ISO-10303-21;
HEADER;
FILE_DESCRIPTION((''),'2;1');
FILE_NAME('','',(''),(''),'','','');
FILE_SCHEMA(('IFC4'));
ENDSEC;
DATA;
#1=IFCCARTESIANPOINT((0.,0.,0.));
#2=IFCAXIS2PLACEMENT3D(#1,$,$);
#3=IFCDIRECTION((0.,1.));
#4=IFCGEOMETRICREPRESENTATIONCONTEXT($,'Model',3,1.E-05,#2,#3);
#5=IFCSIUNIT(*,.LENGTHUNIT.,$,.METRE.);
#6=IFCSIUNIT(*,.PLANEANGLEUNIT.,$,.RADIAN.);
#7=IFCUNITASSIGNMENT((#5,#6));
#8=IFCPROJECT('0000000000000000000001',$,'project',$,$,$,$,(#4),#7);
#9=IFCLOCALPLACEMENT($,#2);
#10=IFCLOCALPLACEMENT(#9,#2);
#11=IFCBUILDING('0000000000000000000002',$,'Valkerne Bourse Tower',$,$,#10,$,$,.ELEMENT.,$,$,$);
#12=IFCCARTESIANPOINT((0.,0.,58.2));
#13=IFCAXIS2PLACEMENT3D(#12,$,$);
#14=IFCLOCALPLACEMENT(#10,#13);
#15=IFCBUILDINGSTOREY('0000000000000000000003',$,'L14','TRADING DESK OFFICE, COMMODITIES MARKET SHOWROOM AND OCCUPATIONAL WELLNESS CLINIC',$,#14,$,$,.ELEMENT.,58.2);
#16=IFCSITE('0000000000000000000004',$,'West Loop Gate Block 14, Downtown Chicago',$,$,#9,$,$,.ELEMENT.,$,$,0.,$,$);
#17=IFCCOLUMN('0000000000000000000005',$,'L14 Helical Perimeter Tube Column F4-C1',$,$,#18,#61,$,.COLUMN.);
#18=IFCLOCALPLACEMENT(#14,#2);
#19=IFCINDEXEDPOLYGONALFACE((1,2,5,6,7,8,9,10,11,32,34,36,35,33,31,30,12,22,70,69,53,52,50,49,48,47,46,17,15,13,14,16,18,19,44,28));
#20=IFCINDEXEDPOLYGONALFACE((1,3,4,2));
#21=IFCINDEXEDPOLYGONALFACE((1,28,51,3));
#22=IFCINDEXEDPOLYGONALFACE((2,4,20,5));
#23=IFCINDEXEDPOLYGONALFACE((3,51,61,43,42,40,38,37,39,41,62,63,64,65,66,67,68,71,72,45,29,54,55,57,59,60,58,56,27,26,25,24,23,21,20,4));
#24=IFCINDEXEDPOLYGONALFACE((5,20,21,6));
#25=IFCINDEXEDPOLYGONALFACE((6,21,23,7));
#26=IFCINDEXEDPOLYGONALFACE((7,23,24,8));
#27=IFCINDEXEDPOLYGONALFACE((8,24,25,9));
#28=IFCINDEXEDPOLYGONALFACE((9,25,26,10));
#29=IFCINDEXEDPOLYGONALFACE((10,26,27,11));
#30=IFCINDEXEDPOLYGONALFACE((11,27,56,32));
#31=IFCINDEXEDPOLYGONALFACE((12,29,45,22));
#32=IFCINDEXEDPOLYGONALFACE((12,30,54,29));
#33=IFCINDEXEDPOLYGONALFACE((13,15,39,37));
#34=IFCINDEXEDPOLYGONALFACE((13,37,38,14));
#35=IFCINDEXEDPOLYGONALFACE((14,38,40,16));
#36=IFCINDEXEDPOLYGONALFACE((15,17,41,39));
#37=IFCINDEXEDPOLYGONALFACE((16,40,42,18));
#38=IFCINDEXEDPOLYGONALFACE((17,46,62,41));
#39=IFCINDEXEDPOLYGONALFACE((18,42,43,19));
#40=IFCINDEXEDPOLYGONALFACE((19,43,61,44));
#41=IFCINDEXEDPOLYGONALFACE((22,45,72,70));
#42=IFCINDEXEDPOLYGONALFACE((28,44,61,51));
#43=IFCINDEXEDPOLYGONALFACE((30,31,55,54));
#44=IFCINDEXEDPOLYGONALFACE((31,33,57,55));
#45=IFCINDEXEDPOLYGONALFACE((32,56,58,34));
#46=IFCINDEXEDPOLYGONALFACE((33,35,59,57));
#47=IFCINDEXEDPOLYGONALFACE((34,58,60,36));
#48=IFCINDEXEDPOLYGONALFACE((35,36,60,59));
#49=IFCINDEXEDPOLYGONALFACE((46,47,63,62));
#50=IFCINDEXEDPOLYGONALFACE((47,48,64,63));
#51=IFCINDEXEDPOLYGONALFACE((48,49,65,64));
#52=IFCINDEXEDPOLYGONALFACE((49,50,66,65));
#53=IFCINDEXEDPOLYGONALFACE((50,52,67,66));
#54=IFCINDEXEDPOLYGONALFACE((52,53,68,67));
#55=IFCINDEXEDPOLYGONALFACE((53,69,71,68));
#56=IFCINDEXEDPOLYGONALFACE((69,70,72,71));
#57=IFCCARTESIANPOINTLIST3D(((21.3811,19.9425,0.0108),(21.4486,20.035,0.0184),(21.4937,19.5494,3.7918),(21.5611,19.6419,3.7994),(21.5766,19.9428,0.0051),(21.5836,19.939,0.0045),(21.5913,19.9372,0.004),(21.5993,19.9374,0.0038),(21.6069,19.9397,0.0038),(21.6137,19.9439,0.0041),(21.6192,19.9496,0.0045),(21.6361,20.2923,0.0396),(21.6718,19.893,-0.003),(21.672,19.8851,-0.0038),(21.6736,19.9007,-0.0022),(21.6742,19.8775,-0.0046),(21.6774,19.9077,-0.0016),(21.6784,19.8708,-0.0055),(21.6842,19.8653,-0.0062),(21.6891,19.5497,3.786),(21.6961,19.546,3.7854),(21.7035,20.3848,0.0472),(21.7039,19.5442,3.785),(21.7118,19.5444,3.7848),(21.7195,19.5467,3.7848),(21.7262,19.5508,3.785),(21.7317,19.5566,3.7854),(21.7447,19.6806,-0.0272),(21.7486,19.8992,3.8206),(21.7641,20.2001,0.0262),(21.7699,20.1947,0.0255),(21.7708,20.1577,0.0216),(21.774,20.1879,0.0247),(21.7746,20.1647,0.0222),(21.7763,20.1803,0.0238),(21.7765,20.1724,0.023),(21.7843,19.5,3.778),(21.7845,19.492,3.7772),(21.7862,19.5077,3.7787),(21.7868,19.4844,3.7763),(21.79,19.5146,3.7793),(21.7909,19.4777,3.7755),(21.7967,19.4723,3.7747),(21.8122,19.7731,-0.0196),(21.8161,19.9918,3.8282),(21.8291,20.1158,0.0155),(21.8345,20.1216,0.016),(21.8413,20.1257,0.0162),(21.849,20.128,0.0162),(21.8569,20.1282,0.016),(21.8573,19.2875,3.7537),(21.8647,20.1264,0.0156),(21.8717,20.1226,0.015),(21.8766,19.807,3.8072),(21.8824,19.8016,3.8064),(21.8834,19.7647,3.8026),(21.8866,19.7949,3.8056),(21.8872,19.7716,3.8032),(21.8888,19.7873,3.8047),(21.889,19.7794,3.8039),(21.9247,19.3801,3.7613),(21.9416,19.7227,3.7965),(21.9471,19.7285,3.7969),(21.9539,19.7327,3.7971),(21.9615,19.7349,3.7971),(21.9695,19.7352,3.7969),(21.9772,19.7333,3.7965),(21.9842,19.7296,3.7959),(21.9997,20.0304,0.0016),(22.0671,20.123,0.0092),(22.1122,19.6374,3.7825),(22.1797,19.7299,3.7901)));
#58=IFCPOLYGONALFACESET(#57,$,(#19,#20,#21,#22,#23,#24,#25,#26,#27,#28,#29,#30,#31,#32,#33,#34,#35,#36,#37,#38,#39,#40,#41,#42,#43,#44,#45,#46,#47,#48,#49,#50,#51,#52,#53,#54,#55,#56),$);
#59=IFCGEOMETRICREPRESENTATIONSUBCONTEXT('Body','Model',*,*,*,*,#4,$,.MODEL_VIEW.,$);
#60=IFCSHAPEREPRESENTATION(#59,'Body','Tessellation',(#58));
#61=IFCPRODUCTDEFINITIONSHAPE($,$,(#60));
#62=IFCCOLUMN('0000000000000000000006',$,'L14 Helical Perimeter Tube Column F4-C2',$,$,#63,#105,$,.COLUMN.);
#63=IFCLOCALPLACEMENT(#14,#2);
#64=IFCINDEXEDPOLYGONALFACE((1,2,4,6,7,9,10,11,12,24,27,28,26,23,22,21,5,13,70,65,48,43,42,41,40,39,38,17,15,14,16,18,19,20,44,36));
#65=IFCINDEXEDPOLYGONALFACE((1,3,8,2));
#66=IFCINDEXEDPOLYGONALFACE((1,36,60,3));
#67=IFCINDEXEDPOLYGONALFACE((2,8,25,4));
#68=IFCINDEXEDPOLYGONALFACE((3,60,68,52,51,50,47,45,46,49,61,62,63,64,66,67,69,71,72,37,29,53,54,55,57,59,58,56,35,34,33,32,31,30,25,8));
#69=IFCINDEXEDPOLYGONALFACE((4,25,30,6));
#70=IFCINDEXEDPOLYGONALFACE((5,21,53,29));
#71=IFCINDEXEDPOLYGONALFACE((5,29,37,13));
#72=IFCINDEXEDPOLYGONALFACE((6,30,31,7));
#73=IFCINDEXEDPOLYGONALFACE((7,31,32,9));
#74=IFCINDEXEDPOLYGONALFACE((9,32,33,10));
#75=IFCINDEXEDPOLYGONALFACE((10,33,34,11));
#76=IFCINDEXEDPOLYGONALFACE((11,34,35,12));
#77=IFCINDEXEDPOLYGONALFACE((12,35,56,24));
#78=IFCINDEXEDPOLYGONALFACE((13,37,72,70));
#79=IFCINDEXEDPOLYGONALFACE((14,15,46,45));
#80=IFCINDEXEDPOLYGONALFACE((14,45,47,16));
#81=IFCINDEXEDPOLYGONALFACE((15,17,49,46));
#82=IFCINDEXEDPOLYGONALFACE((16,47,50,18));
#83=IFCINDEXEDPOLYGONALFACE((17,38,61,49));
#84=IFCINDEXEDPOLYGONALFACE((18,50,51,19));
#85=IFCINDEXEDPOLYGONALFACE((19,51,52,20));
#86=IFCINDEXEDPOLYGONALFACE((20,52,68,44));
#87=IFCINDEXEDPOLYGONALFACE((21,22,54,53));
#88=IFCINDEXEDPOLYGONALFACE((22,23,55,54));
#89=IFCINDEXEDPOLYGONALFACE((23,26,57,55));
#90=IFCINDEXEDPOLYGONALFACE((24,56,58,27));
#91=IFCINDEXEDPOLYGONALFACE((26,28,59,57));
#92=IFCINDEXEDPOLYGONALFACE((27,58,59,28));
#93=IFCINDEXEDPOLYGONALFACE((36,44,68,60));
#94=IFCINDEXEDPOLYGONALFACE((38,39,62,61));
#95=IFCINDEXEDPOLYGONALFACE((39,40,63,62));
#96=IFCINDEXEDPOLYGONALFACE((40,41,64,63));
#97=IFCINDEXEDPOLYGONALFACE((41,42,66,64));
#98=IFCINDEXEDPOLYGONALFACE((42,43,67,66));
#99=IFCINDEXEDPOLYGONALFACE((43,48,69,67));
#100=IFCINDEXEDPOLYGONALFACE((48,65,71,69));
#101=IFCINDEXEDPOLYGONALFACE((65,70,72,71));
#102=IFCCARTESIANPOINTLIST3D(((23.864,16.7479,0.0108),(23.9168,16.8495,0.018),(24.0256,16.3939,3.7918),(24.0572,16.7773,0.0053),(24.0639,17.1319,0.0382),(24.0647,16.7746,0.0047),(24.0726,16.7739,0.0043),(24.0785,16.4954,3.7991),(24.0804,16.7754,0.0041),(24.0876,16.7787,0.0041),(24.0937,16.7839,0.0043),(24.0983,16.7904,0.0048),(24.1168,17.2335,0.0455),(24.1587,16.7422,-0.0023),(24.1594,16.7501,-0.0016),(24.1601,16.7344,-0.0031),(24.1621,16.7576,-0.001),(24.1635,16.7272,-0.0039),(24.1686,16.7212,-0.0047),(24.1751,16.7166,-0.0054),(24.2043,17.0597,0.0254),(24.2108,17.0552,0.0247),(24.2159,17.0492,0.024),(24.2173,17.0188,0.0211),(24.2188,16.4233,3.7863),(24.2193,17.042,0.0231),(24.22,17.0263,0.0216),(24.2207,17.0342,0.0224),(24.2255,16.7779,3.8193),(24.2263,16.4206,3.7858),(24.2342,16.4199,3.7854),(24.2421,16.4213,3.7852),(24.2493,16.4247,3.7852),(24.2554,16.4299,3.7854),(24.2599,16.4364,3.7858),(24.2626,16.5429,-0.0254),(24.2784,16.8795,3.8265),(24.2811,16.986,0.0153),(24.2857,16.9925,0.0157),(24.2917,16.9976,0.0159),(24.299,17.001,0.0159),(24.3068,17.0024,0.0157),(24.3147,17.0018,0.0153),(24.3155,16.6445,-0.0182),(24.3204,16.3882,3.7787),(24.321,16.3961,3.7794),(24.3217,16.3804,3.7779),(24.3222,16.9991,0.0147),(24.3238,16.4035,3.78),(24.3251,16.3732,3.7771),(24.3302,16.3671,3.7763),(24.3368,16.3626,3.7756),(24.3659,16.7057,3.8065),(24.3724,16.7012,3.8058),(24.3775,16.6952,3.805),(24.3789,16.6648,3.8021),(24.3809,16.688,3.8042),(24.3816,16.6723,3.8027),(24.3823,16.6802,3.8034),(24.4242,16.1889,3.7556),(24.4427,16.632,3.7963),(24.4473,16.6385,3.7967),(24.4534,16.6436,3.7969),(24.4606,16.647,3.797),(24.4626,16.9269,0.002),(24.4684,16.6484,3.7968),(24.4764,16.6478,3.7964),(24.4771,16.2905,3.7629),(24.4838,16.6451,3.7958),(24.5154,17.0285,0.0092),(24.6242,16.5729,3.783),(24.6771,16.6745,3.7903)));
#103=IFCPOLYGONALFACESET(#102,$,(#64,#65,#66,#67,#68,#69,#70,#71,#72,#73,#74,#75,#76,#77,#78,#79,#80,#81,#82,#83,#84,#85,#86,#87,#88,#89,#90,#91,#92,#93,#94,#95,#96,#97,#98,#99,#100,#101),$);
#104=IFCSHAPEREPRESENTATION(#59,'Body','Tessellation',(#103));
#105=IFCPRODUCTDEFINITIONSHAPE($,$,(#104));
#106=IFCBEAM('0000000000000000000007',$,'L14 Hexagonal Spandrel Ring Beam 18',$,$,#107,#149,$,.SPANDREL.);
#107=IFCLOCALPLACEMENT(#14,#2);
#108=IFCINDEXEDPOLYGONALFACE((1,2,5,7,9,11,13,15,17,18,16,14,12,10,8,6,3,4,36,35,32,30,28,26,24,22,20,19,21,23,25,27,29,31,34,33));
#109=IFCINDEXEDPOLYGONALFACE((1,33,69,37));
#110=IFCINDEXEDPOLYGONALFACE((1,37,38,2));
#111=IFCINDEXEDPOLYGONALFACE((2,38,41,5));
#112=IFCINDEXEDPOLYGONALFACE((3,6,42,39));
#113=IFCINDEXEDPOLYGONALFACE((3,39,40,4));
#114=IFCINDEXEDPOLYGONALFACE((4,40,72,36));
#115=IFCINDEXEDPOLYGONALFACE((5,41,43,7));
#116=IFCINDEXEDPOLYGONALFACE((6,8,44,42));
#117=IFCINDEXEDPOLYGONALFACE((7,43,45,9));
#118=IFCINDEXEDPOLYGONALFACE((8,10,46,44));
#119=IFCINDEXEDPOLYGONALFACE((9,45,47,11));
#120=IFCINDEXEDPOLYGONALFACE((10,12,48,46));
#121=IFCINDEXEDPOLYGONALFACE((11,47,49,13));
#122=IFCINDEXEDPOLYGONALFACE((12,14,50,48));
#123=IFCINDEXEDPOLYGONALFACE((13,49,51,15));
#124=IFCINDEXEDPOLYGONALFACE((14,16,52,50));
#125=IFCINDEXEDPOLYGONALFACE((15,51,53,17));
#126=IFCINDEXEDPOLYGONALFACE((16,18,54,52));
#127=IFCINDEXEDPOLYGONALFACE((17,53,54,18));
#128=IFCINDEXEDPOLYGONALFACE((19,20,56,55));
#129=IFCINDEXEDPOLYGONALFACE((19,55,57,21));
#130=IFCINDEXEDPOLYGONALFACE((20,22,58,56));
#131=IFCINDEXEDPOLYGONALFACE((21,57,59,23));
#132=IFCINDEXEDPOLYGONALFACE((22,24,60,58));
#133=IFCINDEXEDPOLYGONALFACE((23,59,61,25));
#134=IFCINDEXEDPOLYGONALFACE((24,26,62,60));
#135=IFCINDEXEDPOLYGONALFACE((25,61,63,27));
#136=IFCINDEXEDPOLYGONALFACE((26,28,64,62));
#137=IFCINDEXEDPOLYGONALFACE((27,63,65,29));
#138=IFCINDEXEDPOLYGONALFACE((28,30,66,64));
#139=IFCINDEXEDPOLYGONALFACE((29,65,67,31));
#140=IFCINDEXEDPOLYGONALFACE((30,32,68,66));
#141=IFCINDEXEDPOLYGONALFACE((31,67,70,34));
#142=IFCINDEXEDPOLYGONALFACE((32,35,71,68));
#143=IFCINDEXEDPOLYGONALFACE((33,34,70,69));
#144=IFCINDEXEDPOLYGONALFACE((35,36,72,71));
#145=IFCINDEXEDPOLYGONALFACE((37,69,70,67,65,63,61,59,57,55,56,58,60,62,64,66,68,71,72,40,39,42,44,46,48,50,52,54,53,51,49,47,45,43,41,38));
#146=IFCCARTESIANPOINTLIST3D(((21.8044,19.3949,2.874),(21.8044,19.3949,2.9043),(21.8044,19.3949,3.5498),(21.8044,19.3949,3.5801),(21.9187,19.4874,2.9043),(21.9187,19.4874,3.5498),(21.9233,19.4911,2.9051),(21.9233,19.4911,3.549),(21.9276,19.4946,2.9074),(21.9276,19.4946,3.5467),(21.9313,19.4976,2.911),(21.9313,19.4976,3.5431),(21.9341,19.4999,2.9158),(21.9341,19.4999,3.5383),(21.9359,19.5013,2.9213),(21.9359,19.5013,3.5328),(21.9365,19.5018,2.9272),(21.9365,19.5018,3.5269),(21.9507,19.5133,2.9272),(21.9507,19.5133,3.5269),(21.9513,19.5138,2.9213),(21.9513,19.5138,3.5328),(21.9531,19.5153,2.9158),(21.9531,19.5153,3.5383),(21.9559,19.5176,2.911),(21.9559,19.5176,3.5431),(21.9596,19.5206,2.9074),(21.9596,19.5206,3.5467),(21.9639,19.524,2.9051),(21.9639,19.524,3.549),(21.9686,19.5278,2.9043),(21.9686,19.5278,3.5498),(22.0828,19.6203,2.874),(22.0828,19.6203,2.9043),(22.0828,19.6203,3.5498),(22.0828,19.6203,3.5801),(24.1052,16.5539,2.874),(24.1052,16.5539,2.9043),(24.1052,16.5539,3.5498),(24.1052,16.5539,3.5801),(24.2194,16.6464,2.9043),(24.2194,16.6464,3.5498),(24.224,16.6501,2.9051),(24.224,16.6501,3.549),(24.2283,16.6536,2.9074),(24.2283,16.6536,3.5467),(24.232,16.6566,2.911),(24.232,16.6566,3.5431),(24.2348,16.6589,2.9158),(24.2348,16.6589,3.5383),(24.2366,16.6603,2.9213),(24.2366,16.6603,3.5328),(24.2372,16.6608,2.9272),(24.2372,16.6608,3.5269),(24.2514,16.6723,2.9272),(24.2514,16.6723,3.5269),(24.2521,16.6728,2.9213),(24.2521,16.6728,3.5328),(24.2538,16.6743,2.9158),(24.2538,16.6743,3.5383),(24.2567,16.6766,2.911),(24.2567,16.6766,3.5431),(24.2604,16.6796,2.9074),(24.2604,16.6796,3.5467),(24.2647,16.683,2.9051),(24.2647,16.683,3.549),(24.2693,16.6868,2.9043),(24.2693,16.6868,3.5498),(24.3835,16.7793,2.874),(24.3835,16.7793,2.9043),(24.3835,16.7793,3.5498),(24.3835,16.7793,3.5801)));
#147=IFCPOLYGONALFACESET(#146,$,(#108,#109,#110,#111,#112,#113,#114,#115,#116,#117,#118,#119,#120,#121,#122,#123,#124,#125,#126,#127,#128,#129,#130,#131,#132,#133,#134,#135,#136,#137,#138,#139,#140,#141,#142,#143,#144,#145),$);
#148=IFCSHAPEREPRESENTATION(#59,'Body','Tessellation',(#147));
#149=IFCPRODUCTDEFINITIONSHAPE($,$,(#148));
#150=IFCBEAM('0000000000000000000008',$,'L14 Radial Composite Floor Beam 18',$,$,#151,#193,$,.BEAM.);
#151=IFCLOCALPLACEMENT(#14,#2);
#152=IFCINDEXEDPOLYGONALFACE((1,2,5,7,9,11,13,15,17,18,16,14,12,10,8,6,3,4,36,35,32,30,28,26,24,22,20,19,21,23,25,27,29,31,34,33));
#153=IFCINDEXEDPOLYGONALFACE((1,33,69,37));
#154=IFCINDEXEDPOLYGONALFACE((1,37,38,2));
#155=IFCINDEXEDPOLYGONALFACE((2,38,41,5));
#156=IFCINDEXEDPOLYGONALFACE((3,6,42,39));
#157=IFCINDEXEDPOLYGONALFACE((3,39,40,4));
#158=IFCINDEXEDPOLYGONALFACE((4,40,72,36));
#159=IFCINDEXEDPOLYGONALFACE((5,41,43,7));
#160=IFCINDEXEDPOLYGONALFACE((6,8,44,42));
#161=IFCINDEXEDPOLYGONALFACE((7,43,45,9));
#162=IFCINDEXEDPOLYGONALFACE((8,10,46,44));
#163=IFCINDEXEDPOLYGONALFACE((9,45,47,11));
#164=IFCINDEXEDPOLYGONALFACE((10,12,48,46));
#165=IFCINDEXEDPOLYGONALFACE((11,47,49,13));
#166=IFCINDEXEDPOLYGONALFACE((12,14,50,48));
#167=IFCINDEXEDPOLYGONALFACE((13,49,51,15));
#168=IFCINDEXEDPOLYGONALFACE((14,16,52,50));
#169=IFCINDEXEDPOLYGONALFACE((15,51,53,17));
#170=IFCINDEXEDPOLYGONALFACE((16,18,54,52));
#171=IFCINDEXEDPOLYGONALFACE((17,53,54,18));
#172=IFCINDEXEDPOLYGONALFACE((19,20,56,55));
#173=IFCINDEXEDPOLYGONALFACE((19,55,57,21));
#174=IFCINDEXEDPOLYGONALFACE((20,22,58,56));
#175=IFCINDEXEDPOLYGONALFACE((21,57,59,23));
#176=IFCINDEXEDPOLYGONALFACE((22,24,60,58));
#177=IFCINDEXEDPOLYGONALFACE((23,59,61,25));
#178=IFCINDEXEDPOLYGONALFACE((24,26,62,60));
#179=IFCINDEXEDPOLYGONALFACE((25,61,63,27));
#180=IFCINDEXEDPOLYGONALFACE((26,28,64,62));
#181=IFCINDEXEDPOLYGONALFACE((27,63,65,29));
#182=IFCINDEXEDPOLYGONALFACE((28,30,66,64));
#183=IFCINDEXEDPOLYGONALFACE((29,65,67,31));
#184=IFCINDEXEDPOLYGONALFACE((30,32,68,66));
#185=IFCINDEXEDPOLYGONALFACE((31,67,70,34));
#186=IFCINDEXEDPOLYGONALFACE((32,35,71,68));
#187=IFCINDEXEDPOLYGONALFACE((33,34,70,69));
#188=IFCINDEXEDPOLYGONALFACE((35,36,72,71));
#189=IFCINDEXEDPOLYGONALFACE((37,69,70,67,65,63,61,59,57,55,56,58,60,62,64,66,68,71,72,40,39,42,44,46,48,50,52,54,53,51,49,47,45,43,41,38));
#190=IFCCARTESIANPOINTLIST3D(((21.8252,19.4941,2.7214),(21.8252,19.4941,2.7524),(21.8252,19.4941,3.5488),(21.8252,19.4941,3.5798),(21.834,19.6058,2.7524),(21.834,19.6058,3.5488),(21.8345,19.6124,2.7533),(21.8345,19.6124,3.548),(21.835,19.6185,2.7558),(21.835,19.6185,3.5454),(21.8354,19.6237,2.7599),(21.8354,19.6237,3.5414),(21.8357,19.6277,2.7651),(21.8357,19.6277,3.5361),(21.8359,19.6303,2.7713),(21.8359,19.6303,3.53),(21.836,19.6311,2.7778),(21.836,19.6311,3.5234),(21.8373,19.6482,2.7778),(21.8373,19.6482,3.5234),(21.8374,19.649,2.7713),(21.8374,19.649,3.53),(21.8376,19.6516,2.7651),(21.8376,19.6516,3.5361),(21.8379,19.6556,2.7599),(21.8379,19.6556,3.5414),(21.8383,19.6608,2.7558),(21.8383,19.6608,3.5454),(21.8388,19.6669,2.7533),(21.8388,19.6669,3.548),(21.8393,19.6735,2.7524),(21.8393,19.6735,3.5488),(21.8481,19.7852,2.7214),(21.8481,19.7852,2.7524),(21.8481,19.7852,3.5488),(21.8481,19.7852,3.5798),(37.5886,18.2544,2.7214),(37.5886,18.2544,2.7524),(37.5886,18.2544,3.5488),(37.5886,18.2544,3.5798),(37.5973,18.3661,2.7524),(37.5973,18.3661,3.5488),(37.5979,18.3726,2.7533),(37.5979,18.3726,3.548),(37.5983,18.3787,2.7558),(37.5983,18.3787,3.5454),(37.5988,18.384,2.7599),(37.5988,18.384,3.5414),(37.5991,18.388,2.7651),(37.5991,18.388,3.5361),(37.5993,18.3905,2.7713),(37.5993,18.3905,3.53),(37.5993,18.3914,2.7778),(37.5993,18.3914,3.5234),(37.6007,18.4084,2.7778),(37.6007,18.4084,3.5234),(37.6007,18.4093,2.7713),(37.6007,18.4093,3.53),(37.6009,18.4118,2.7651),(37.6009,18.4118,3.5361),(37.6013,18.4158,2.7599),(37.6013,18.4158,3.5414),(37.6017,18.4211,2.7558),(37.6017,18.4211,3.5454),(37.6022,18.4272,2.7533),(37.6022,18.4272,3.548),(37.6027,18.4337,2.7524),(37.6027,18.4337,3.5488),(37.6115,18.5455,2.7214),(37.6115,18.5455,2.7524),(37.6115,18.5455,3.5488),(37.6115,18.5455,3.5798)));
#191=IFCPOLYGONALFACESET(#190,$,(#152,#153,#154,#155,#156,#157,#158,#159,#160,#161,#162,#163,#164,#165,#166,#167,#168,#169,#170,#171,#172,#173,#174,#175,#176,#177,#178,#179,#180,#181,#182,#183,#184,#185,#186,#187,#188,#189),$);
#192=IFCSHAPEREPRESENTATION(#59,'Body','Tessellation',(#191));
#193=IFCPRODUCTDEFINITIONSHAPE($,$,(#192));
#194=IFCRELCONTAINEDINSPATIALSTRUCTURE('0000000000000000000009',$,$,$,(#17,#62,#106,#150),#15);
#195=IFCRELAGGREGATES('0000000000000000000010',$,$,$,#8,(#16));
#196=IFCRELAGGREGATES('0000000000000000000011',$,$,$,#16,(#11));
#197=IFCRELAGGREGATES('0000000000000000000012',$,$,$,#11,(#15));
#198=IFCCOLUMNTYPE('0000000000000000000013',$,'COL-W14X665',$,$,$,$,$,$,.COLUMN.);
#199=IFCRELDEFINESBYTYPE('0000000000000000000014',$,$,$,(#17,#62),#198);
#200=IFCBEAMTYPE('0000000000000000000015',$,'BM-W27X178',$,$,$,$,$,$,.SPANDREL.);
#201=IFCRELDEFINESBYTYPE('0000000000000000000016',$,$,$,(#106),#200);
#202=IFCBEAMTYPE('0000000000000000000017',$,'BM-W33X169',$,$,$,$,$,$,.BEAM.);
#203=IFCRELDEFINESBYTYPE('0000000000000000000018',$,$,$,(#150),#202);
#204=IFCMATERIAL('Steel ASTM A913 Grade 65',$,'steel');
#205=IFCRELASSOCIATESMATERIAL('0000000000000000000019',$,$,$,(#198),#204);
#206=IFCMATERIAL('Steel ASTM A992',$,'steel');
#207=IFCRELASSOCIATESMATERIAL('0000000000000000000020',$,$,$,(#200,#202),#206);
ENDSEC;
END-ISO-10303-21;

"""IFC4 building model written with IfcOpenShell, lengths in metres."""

from ifc_helpers import new_model, si_unit, direction, frame, origin, origin_2d, place, context, subcontext, project, spatial, i_section, extrude, material, material_profile, profile_set, type_object, element, save


model = new_model("IFC4")

# Units and contexts
model_context = context("Model", 3, precision=1e-05, world=origin(), true_north=direction((0.0, 1.0)))
body_context = subcontext(model_context, "Body", "Model", "MODEL_VIEW")
ifc_project = project(units=[si_unit("LENGTHUNIT", "METRE"), si_unit("PLANEANGLEUNIT", "RADIAN")], contexts=[model_context])

# Site, building, storey
site_placement = place(None, origin())
site = spatial("IfcSite", under=ifc_project, at=site_placement, Name="West Loop Gate Block 14, Downtown Chicago", CompositionType="ELEMENT", RefElevation=0.0)
building_placement = place(site_placement, origin())
building = spatial("IfcBuilding", under=site, at=building_placement, Name="Valkerne Bourse Tower", CompositionType="ELEMENT")
storey_placement = place(building_placement, frame((0.0, 0.0, 58.2)))
storey = spatial("IfcBuildingStorey", under=building, at=storey_placement, Name="L14", Description="TRADING DESK OFFICE, COMMODITIES MARKET SHOWROOM AND OCCUPATIONAL WELLNESS CLINIC", CompositionType="ELEMENT", Elevation=58.2)

# Columns
ifc_material_1 = material(Name="Steel ASTM A913 Grade 65", Category="steel")
ifc_material_profile_1 = material_profile(ifc_material_1, i_section(OverallWidth=0.4497, OverallDepth=0.5486, WebThickness=0.072, FlangeThickness=0.1147, FilletRadius=0.0305, at=origin_2d()), Name="W14X665")
ifc_profile_set_1 = profile_set([ifc_material_profile_1], Name="Steel ASTM A913 Grade 65")
column_type = type_object("IfcColumnType", Name="COL-W14X665", PredefinedType="COLUMN", material=ifc_profile_set_1)
column_1_placement = place(storey_placement, frame((21.7241, 20.0327, 0.01), z_axis=(0.029594, -0.103356, 0.994204), x_axis=(0.808564, -0.582294, -0.084603)))
element("IfcColumn", 1, at=column_1_placement, inside=storey, type_object=column_type, Name="L14 Helical Perimeter Tube Column F4-C1", PredefinedType="COLUMN", context=body_context, shape_type="SweptSolid", body=[
    extrude(i_section(OverallWidth=0.4497, OverallDepth=0.5486, WebThickness=0.072, FlangeThickness=0.1147, FilletRadius=0.0305, at=origin_2d()), origin(), (0.0, 0.0, 1.0), 3.803),
])
column_2_placement = place(storey_placement, frame((24.1897, 16.8882, 0.01), z_axis=(0.042521, -0.093135, 0.994745), x_axis=(0.886412, -0.455831, -0.080568)))
element("IfcColumn", 2, at=column_2_placement, inside=storey, type_object=column_type, Name="L14 Helical Perimeter Tube Column F4-C2", PredefinedType="COLUMN", context=body_context, shape_type="SweptSolid", body=[
    extrude(i_section(OverallWidth=0.4497, OverallDepth=0.5486, WebThickness=0.072, FlangeThickness=0.1147, FilletRadius=0.0305, at=origin_2d()), origin(), (0.0, 0.0, 1.0), 3.801),
])

# Beams
ifc_material_2 = material(Name="Steel ASTM A992", Category="steel")
ifc_material_profile_2 = material_profile(ifc_material_2, i_section(OverallWidth=0.3582, OverallDepth=0.7061, WebThickness=0.0183, FlangeThickness=0.0303, FilletRadius=0.0229, at=origin_2d()), Name="W27X178")
ifc_profile_set_2 = profile_set([ifc_material_profile_2], Name="Steel ASTM A992")
beam_type_1 = type_object("IfcBeamType", Name="BM-W27X178", PredefinedType="SPANDREL", material=ifc_profile_set_2)
beam_1_placement = place(storey_placement, frame((21.9436, 19.5076, 3.2271), z_axis=(0.629342, -0.777128, 0.0), x_axis=(0.777128, 0.629342, 0.0)))
element("IfcBeam", 3, at=beam_1_placement, inside=storey, type_object=beam_type_1, Name="L14 Hexagonal Spandrel Ring Beam 18", PredefinedType="SPANDREL", context=body_context, shape_type="SweptSolid", body=[
    extrude(i_section(OverallWidth=0.3582, OverallDepth=0.7061, WebThickness=0.0183, FlangeThickness=0.0303, FilletRadius=0.0229, at=origin_2d()), origin(), (0.0, 0.0, 1.0), 3.6558),
])
ifc_material_profile_3 = material_profile(ifc_material_2, i_section(OverallWidth=0.292, OverallDepth=0.8584, WebThickness=0.0171, FlangeThickness=0.031, FilletRadius=0.0254, at=origin_2d()), Name="W33X169")
ifc_profile_set_3 = profile_set([ifc_material_profile_3], Name="Steel ASTM A992")
beam_type_2 = type_object("IfcBeamType", Name="BM-W33X169", PredefinedType="BEAM", material=ifc_profile_set_3)
beam_2_placement = place(storey_placement, frame((21.8367, 19.6396, 3.1506), z_axis=(0.996922, -0.078405, 0.0), x_axis=(0.078405, 0.996922, 0.0)))
element("IfcBeam", 4, at=beam_2_placement, inside=storey, type_object=beam_type_2, Name="L14 Radial Composite Floor Beam 18", PredefinedType="BEAM", context=body_context, shape_type="SweptSolid", body=[
    extrude(i_section(OverallWidth=0.292, OverallDepth=0.8584, WebThickness=0.0171, FlangeThickness=0.031, FilletRadius=0.0254, at=origin_2d()), origin(), (0.0, 0.0, 1.0), 15.812),
])

save(model, "model.ifc")
